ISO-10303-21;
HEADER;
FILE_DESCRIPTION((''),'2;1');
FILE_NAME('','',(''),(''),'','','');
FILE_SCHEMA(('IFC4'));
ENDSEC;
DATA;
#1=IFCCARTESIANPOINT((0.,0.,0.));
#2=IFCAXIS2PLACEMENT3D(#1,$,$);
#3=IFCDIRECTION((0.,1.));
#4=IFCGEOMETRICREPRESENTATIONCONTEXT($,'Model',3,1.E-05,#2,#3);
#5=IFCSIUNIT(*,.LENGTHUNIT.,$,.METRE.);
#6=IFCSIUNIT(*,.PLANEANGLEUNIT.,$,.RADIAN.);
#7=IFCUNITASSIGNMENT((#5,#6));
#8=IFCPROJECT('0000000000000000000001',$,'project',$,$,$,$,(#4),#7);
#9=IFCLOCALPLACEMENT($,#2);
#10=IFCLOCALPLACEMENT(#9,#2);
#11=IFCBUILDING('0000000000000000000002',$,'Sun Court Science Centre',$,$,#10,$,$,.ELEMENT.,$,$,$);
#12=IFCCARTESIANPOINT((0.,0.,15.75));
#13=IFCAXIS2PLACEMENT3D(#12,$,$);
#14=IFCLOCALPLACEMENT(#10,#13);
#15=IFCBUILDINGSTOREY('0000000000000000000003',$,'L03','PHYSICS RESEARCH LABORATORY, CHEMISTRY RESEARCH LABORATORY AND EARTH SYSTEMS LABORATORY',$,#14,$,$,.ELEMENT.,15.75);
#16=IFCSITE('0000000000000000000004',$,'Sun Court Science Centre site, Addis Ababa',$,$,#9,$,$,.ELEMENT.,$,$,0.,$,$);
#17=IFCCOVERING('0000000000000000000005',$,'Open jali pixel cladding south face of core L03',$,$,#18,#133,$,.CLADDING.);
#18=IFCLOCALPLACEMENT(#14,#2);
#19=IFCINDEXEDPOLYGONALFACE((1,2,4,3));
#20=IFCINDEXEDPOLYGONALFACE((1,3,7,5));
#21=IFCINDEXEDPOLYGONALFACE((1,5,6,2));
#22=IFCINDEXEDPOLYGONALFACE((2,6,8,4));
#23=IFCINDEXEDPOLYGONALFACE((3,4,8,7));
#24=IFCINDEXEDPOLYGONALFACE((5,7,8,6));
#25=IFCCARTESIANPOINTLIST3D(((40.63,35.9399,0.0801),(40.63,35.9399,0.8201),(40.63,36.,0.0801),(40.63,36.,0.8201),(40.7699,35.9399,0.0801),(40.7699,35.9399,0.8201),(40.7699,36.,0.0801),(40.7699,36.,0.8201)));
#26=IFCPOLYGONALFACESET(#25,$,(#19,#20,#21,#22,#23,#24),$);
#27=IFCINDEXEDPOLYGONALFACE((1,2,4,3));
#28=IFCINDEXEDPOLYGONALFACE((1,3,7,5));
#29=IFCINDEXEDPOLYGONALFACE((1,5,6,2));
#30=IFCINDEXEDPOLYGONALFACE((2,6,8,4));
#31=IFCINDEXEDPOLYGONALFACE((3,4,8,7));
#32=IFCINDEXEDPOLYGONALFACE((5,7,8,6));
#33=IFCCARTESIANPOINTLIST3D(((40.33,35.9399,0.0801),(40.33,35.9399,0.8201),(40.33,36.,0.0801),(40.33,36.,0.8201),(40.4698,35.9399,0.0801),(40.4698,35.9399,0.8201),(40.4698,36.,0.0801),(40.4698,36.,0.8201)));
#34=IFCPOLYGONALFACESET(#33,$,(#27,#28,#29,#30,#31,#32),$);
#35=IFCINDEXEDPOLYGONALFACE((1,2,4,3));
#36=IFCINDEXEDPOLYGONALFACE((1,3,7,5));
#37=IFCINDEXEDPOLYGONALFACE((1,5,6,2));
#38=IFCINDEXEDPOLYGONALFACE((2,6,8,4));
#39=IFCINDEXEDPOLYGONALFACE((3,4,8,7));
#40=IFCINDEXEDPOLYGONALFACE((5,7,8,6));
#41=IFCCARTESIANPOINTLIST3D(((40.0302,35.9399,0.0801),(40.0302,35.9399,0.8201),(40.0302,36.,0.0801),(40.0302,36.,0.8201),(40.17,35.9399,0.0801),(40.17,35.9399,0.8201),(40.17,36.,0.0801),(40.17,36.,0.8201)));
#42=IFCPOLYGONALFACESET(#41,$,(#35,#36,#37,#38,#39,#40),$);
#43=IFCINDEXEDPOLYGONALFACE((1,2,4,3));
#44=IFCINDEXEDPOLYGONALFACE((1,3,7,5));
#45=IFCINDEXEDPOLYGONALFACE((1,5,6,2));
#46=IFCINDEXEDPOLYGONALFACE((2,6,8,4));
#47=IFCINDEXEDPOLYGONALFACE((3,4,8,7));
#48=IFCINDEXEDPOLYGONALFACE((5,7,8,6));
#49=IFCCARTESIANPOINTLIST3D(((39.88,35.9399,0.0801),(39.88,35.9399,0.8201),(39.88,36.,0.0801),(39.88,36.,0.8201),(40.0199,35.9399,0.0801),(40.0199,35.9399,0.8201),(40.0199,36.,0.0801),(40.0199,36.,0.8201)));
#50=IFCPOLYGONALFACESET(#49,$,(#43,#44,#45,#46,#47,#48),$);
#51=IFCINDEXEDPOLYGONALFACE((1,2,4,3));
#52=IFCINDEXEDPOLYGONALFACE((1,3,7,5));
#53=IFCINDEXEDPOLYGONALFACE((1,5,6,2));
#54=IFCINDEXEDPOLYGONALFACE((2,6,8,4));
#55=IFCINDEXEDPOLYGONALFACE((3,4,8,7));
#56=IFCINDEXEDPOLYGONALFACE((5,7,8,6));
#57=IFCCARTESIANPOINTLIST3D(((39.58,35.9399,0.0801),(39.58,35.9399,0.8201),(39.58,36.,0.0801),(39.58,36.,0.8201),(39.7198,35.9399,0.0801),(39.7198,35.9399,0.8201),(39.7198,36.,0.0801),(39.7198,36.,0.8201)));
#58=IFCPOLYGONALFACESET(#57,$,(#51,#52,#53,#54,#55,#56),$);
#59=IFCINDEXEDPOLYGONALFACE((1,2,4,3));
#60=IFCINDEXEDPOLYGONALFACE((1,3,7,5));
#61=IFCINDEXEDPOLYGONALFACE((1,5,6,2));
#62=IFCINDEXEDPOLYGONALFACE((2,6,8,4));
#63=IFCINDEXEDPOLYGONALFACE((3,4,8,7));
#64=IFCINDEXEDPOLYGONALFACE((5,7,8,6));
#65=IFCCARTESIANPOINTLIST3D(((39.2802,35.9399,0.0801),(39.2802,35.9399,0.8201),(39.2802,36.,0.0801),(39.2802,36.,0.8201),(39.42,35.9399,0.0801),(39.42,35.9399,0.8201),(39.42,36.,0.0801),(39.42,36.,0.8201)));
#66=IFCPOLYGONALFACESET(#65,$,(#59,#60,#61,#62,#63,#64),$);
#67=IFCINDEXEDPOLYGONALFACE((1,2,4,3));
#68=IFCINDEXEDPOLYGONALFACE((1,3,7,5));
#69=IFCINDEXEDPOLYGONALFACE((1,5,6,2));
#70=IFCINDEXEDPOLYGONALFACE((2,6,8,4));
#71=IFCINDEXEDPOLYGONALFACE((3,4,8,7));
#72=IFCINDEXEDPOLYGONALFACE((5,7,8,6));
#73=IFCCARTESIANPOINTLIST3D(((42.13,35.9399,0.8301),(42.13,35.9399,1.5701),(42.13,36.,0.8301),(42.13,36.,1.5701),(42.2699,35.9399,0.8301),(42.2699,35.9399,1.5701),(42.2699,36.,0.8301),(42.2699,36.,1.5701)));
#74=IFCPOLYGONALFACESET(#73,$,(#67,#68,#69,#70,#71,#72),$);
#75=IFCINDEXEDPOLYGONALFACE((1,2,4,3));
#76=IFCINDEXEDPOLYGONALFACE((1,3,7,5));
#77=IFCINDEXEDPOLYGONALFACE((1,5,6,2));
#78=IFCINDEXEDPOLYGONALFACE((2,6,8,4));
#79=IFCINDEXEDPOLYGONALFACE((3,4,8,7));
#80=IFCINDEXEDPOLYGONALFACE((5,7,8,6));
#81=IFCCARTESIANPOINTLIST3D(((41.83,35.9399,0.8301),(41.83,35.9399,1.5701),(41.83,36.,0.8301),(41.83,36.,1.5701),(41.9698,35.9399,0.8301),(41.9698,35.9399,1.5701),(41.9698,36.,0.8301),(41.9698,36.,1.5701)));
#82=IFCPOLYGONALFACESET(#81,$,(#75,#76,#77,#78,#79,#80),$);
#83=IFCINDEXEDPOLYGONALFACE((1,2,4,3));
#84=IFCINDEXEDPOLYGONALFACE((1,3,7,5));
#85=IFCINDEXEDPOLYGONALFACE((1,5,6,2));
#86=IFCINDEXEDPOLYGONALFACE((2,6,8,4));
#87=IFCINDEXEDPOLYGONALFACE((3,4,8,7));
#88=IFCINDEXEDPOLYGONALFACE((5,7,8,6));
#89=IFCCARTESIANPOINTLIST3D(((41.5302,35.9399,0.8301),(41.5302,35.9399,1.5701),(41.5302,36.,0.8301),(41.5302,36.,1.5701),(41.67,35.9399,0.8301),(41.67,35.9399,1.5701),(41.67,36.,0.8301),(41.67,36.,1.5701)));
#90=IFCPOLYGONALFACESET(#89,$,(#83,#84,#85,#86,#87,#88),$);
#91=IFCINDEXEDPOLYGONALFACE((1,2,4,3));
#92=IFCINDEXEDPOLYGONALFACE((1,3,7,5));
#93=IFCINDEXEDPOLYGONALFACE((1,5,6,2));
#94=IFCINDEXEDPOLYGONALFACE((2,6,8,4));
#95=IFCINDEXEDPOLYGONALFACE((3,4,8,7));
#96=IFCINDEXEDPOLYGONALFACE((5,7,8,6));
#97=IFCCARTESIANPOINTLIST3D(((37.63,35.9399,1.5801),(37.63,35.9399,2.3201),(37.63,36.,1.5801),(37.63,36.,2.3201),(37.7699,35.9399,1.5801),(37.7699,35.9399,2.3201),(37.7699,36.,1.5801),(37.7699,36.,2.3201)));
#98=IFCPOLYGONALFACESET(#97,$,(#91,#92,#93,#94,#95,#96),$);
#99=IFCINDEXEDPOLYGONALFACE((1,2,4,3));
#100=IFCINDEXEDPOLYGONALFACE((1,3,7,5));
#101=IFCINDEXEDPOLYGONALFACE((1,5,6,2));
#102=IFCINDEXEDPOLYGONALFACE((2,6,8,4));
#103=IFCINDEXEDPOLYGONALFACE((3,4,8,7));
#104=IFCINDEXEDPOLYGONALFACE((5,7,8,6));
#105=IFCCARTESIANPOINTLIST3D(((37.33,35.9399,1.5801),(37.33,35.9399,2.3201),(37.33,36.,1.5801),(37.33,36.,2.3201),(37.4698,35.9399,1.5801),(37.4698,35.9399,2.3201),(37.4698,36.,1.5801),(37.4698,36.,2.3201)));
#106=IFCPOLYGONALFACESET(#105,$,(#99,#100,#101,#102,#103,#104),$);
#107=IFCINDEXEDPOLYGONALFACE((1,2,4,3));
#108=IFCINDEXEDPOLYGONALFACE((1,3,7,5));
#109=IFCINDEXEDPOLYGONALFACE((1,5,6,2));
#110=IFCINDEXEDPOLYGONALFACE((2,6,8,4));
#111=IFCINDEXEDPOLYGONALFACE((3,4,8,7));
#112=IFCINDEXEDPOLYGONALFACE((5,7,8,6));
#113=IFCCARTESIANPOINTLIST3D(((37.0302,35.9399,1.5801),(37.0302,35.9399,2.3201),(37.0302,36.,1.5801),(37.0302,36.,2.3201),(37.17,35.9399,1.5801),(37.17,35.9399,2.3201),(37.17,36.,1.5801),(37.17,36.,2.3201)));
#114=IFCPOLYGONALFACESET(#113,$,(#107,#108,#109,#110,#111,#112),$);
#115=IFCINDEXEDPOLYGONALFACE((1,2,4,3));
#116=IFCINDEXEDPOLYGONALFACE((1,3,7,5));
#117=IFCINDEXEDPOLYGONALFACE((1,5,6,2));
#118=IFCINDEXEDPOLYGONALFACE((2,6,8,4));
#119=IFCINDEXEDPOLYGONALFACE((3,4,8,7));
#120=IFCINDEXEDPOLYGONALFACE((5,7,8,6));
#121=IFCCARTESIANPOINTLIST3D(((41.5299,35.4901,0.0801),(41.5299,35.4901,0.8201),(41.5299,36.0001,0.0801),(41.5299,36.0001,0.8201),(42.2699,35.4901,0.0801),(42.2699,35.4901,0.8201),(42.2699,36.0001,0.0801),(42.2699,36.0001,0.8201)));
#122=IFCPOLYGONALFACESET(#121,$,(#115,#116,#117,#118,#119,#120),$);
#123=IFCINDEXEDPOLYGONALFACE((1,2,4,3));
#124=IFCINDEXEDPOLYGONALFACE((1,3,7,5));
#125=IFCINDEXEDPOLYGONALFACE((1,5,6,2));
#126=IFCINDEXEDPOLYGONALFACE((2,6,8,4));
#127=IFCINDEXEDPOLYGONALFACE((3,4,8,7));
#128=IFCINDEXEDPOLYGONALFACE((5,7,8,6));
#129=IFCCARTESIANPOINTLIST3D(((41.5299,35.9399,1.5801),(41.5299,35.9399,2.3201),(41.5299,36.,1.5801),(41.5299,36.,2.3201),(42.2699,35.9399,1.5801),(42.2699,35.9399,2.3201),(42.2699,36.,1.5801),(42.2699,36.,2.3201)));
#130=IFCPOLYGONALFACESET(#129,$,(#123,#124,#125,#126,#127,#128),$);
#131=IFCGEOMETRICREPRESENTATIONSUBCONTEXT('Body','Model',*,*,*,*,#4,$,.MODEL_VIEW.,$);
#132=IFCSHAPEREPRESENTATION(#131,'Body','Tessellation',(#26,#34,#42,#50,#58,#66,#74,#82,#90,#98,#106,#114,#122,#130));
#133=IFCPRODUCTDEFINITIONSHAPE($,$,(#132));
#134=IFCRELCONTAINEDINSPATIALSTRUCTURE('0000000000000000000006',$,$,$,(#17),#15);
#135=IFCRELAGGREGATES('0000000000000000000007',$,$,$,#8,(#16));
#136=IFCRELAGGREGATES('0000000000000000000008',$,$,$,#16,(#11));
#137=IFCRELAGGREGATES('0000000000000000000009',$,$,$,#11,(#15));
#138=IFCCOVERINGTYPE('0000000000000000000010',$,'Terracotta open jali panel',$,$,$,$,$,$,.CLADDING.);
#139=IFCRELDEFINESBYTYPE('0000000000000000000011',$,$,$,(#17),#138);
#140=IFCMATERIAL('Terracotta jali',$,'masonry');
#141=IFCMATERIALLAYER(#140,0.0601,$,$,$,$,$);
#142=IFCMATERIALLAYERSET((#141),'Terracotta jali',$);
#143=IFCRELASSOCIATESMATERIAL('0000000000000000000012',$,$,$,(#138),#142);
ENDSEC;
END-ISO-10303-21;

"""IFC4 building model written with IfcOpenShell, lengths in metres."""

from ifc_helpers import new_model, si_unit, direction, frame, origin, origin_2d, place, context, subcontext, project, spatial, rectangle, extrude, material, layer, layer_set, type_object, element, save


model = new_model("IFC4")

# Units and contexts
model_context = context("Model", 3, precision=1e-05, world=origin(), true_north=direction((0.0, 1.0)))
body_context = subcontext(model_context, "Body", "Model", "MODEL_VIEW")
ifc_project = project(units=[si_unit("LENGTHUNIT", "METRE"), si_unit("PLANEANGLEUNIT", "RADIAN")], contexts=[model_context])

# Site, building, storey
site_placement = place(None, origin())
site = spatial("IfcSite", under=ifc_project, at=site_placement, Name="Sun Court Science Centre site, Addis Ababa", CompositionType="ELEMENT", RefElevation=0.0)
building_placement = place(site_placement, origin())
building = spatial("IfcBuilding", under=site, at=building_placement, Name="Sun Court Science Centre", CompositionType="ELEMENT")
storey_placement = place(building_placement, frame((0.0, 0.0, 15.75)))
storey = spatial("IfcBuildingStorey", under=building, at=storey_placement, Name="L03", Description="PHYSICS RESEARCH LABORATORY, CHEMISTRY RESEARCH LABORATORY AND EARTH SYSTEMS LABORATORY", CompositionType="ELEMENT", Elevation=15.75)

# Covering
ifc_material_1 = material(Name="Terracotta jali", Category="masonry")
ifc_layer_1 = layer(ifc_material_1, 0.0601)
ifc_layer_set_1 = layer_set([ifc_layer_1], Name="Terracotta jali")
covering_type_1 = type_object("IfcCoveringType", Name="Terracotta open jali panel", PredefinedType="CLADDING", material=ifc_layer_set_1)
covering_1_placement = place(storey_placement, frame((0.0, 0.0, -15.75)))
element("IfcCovering", 1, at=covering_1_placement, inside=storey, type_object=covering_type_1, Name="Open jali pixel cladding south face of core L03", PredefinedType="CLADDING", context=body_context, shape_type="SweptSolid", body=[
    extrude(rectangle(XDim=0.1399, YDim=0.0601, at=origin_2d()), frame((40.7, 35.97, 15.8301), z_axis=(0.0, 0.0, 1.0), x_axis=(-1.0, 0.0, 0.0)), (0.0, 0.0, 1.0), 0.74),
    extrude(rectangle(XDim=0.1399, YDim=0.0601, at=origin_2d()), frame((40.3999, 35.97, 15.8301), z_axis=(0.0, 0.0, 1.0), x_axis=(-1.0, 0.0, 0.0)), (0.0, 0.0, 1.0), 0.74),
    extrude(rectangle(XDim=0.1399, YDim=0.0601, at=origin_2d()), frame((40.1001, 35.97, 15.8301), z_axis=(0.0, 0.0, 1.0), x_axis=(-1.0, 0.0, 0.0)), (0.0, 0.0, 1.0), 0.74),
    extrude(rectangle(XDim=0.1399, YDim=0.0601, at=origin_2d()), frame((39.95, 35.97, 15.8301), z_axis=(0.0, 0.0, 1.0), x_axis=(-1.0, 0.0, 0.0)), (0.0, 0.0, 1.0), 0.74),
    extrude(rectangle(XDim=0.1399, YDim=0.0601, at=origin_2d()), frame((39.6499, 35.97, 15.8301), z_axis=(0.0, 0.0, 1.0), x_axis=(-1.0, 0.0, 0.0)), (0.0, 0.0, 1.0), 0.74),
    extrude(rectangle(XDim=0.1399, YDim=0.0601, at=origin_2d()), frame((39.3501, 35.97, 15.8301), z_axis=(0.0, 0.0, 1.0), x_axis=(-1.0, 0.0, 0.0)), (0.0, 0.0, 1.0), 0.74),
    extrude(rectangle(XDim=0.1399, YDim=0.0601, at=origin_2d()), frame((42.2, 35.97, 16.5801), z_axis=(0.0, 0.0, 1.0), x_axis=(-1.0, 0.0, 0.0)), (0.0, 0.0, 1.0), 0.74),
    extrude(rectangle(XDim=0.1399, YDim=0.0601, at=origin_2d()), frame((41.8999, 35.97, 16.5801), z_axis=(0.0, 0.0, 1.0), x_axis=(-1.0, 0.0, 0.0)), (0.0, 0.0, 1.0), 0.74),
    extrude(rectangle(XDim=0.1399, YDim=0.0601, at=origin_2d()), frame((41.6001, 35.97, 16.5801), z_axis=(0.0, 0.0, 1.0), x_axis=(-1.0, 0.0, 0.0)), (0.0, 0.0, 1.0), 0.74),
    extrude(rectangle(XDim=0.1399, YDim=0.0601, at=origin_2d()), frame((37.7, 35.97, 17.3301), z_axis=(0.0, 0.0, 1.0), x_axis=(-1.0, 0.0, 0.0)), (0.0, 0.0, 1.0), 0.74),
    extrude(rectangle(XDim=0.1399, YDim=0.0601, at=origin_2d()), frame((37.3999, 35.97, 17.3301), z_axis=(0.0, 0.0, 1.0), x_axis=(-1.0, 0.0, 0.0)), (0.0, 0.0, 1.0), 0.74),
    extrude(rectangle(XDim=0.1399, YDim=0.0601, at=origin_2d()), frame((37.1001, 35.97, 17.3301), z_axis=(0.0, 0.0, 1.0), x_axis=(-1.0, 0.0, 0.0)), (0.0, 0.0, 1.0), 0.74),
    extrude(rectangle(XDim=0.74, YDim=0.51, at=origin_2d()), frame((41.8999, 35.7451, 15.8301), z_axis=(0.0, 0.0, 1.0), x_axis=(-1.0, 0.0, 0.0)), (0.0, 0.0, 1.0), 0.74),
    extrude(rectangle(XDim=0.74, YDim=0.0601, at=origin_2d()), frame((41.8999, 35.97, 17.3301), z_axis=(0.0, 0.0, 1.0), x_axis=(-1.0, 0.0, 0.0)), (0.0, 0.0, 1.0), 0.74),
])

save(model, "model.ifc")
